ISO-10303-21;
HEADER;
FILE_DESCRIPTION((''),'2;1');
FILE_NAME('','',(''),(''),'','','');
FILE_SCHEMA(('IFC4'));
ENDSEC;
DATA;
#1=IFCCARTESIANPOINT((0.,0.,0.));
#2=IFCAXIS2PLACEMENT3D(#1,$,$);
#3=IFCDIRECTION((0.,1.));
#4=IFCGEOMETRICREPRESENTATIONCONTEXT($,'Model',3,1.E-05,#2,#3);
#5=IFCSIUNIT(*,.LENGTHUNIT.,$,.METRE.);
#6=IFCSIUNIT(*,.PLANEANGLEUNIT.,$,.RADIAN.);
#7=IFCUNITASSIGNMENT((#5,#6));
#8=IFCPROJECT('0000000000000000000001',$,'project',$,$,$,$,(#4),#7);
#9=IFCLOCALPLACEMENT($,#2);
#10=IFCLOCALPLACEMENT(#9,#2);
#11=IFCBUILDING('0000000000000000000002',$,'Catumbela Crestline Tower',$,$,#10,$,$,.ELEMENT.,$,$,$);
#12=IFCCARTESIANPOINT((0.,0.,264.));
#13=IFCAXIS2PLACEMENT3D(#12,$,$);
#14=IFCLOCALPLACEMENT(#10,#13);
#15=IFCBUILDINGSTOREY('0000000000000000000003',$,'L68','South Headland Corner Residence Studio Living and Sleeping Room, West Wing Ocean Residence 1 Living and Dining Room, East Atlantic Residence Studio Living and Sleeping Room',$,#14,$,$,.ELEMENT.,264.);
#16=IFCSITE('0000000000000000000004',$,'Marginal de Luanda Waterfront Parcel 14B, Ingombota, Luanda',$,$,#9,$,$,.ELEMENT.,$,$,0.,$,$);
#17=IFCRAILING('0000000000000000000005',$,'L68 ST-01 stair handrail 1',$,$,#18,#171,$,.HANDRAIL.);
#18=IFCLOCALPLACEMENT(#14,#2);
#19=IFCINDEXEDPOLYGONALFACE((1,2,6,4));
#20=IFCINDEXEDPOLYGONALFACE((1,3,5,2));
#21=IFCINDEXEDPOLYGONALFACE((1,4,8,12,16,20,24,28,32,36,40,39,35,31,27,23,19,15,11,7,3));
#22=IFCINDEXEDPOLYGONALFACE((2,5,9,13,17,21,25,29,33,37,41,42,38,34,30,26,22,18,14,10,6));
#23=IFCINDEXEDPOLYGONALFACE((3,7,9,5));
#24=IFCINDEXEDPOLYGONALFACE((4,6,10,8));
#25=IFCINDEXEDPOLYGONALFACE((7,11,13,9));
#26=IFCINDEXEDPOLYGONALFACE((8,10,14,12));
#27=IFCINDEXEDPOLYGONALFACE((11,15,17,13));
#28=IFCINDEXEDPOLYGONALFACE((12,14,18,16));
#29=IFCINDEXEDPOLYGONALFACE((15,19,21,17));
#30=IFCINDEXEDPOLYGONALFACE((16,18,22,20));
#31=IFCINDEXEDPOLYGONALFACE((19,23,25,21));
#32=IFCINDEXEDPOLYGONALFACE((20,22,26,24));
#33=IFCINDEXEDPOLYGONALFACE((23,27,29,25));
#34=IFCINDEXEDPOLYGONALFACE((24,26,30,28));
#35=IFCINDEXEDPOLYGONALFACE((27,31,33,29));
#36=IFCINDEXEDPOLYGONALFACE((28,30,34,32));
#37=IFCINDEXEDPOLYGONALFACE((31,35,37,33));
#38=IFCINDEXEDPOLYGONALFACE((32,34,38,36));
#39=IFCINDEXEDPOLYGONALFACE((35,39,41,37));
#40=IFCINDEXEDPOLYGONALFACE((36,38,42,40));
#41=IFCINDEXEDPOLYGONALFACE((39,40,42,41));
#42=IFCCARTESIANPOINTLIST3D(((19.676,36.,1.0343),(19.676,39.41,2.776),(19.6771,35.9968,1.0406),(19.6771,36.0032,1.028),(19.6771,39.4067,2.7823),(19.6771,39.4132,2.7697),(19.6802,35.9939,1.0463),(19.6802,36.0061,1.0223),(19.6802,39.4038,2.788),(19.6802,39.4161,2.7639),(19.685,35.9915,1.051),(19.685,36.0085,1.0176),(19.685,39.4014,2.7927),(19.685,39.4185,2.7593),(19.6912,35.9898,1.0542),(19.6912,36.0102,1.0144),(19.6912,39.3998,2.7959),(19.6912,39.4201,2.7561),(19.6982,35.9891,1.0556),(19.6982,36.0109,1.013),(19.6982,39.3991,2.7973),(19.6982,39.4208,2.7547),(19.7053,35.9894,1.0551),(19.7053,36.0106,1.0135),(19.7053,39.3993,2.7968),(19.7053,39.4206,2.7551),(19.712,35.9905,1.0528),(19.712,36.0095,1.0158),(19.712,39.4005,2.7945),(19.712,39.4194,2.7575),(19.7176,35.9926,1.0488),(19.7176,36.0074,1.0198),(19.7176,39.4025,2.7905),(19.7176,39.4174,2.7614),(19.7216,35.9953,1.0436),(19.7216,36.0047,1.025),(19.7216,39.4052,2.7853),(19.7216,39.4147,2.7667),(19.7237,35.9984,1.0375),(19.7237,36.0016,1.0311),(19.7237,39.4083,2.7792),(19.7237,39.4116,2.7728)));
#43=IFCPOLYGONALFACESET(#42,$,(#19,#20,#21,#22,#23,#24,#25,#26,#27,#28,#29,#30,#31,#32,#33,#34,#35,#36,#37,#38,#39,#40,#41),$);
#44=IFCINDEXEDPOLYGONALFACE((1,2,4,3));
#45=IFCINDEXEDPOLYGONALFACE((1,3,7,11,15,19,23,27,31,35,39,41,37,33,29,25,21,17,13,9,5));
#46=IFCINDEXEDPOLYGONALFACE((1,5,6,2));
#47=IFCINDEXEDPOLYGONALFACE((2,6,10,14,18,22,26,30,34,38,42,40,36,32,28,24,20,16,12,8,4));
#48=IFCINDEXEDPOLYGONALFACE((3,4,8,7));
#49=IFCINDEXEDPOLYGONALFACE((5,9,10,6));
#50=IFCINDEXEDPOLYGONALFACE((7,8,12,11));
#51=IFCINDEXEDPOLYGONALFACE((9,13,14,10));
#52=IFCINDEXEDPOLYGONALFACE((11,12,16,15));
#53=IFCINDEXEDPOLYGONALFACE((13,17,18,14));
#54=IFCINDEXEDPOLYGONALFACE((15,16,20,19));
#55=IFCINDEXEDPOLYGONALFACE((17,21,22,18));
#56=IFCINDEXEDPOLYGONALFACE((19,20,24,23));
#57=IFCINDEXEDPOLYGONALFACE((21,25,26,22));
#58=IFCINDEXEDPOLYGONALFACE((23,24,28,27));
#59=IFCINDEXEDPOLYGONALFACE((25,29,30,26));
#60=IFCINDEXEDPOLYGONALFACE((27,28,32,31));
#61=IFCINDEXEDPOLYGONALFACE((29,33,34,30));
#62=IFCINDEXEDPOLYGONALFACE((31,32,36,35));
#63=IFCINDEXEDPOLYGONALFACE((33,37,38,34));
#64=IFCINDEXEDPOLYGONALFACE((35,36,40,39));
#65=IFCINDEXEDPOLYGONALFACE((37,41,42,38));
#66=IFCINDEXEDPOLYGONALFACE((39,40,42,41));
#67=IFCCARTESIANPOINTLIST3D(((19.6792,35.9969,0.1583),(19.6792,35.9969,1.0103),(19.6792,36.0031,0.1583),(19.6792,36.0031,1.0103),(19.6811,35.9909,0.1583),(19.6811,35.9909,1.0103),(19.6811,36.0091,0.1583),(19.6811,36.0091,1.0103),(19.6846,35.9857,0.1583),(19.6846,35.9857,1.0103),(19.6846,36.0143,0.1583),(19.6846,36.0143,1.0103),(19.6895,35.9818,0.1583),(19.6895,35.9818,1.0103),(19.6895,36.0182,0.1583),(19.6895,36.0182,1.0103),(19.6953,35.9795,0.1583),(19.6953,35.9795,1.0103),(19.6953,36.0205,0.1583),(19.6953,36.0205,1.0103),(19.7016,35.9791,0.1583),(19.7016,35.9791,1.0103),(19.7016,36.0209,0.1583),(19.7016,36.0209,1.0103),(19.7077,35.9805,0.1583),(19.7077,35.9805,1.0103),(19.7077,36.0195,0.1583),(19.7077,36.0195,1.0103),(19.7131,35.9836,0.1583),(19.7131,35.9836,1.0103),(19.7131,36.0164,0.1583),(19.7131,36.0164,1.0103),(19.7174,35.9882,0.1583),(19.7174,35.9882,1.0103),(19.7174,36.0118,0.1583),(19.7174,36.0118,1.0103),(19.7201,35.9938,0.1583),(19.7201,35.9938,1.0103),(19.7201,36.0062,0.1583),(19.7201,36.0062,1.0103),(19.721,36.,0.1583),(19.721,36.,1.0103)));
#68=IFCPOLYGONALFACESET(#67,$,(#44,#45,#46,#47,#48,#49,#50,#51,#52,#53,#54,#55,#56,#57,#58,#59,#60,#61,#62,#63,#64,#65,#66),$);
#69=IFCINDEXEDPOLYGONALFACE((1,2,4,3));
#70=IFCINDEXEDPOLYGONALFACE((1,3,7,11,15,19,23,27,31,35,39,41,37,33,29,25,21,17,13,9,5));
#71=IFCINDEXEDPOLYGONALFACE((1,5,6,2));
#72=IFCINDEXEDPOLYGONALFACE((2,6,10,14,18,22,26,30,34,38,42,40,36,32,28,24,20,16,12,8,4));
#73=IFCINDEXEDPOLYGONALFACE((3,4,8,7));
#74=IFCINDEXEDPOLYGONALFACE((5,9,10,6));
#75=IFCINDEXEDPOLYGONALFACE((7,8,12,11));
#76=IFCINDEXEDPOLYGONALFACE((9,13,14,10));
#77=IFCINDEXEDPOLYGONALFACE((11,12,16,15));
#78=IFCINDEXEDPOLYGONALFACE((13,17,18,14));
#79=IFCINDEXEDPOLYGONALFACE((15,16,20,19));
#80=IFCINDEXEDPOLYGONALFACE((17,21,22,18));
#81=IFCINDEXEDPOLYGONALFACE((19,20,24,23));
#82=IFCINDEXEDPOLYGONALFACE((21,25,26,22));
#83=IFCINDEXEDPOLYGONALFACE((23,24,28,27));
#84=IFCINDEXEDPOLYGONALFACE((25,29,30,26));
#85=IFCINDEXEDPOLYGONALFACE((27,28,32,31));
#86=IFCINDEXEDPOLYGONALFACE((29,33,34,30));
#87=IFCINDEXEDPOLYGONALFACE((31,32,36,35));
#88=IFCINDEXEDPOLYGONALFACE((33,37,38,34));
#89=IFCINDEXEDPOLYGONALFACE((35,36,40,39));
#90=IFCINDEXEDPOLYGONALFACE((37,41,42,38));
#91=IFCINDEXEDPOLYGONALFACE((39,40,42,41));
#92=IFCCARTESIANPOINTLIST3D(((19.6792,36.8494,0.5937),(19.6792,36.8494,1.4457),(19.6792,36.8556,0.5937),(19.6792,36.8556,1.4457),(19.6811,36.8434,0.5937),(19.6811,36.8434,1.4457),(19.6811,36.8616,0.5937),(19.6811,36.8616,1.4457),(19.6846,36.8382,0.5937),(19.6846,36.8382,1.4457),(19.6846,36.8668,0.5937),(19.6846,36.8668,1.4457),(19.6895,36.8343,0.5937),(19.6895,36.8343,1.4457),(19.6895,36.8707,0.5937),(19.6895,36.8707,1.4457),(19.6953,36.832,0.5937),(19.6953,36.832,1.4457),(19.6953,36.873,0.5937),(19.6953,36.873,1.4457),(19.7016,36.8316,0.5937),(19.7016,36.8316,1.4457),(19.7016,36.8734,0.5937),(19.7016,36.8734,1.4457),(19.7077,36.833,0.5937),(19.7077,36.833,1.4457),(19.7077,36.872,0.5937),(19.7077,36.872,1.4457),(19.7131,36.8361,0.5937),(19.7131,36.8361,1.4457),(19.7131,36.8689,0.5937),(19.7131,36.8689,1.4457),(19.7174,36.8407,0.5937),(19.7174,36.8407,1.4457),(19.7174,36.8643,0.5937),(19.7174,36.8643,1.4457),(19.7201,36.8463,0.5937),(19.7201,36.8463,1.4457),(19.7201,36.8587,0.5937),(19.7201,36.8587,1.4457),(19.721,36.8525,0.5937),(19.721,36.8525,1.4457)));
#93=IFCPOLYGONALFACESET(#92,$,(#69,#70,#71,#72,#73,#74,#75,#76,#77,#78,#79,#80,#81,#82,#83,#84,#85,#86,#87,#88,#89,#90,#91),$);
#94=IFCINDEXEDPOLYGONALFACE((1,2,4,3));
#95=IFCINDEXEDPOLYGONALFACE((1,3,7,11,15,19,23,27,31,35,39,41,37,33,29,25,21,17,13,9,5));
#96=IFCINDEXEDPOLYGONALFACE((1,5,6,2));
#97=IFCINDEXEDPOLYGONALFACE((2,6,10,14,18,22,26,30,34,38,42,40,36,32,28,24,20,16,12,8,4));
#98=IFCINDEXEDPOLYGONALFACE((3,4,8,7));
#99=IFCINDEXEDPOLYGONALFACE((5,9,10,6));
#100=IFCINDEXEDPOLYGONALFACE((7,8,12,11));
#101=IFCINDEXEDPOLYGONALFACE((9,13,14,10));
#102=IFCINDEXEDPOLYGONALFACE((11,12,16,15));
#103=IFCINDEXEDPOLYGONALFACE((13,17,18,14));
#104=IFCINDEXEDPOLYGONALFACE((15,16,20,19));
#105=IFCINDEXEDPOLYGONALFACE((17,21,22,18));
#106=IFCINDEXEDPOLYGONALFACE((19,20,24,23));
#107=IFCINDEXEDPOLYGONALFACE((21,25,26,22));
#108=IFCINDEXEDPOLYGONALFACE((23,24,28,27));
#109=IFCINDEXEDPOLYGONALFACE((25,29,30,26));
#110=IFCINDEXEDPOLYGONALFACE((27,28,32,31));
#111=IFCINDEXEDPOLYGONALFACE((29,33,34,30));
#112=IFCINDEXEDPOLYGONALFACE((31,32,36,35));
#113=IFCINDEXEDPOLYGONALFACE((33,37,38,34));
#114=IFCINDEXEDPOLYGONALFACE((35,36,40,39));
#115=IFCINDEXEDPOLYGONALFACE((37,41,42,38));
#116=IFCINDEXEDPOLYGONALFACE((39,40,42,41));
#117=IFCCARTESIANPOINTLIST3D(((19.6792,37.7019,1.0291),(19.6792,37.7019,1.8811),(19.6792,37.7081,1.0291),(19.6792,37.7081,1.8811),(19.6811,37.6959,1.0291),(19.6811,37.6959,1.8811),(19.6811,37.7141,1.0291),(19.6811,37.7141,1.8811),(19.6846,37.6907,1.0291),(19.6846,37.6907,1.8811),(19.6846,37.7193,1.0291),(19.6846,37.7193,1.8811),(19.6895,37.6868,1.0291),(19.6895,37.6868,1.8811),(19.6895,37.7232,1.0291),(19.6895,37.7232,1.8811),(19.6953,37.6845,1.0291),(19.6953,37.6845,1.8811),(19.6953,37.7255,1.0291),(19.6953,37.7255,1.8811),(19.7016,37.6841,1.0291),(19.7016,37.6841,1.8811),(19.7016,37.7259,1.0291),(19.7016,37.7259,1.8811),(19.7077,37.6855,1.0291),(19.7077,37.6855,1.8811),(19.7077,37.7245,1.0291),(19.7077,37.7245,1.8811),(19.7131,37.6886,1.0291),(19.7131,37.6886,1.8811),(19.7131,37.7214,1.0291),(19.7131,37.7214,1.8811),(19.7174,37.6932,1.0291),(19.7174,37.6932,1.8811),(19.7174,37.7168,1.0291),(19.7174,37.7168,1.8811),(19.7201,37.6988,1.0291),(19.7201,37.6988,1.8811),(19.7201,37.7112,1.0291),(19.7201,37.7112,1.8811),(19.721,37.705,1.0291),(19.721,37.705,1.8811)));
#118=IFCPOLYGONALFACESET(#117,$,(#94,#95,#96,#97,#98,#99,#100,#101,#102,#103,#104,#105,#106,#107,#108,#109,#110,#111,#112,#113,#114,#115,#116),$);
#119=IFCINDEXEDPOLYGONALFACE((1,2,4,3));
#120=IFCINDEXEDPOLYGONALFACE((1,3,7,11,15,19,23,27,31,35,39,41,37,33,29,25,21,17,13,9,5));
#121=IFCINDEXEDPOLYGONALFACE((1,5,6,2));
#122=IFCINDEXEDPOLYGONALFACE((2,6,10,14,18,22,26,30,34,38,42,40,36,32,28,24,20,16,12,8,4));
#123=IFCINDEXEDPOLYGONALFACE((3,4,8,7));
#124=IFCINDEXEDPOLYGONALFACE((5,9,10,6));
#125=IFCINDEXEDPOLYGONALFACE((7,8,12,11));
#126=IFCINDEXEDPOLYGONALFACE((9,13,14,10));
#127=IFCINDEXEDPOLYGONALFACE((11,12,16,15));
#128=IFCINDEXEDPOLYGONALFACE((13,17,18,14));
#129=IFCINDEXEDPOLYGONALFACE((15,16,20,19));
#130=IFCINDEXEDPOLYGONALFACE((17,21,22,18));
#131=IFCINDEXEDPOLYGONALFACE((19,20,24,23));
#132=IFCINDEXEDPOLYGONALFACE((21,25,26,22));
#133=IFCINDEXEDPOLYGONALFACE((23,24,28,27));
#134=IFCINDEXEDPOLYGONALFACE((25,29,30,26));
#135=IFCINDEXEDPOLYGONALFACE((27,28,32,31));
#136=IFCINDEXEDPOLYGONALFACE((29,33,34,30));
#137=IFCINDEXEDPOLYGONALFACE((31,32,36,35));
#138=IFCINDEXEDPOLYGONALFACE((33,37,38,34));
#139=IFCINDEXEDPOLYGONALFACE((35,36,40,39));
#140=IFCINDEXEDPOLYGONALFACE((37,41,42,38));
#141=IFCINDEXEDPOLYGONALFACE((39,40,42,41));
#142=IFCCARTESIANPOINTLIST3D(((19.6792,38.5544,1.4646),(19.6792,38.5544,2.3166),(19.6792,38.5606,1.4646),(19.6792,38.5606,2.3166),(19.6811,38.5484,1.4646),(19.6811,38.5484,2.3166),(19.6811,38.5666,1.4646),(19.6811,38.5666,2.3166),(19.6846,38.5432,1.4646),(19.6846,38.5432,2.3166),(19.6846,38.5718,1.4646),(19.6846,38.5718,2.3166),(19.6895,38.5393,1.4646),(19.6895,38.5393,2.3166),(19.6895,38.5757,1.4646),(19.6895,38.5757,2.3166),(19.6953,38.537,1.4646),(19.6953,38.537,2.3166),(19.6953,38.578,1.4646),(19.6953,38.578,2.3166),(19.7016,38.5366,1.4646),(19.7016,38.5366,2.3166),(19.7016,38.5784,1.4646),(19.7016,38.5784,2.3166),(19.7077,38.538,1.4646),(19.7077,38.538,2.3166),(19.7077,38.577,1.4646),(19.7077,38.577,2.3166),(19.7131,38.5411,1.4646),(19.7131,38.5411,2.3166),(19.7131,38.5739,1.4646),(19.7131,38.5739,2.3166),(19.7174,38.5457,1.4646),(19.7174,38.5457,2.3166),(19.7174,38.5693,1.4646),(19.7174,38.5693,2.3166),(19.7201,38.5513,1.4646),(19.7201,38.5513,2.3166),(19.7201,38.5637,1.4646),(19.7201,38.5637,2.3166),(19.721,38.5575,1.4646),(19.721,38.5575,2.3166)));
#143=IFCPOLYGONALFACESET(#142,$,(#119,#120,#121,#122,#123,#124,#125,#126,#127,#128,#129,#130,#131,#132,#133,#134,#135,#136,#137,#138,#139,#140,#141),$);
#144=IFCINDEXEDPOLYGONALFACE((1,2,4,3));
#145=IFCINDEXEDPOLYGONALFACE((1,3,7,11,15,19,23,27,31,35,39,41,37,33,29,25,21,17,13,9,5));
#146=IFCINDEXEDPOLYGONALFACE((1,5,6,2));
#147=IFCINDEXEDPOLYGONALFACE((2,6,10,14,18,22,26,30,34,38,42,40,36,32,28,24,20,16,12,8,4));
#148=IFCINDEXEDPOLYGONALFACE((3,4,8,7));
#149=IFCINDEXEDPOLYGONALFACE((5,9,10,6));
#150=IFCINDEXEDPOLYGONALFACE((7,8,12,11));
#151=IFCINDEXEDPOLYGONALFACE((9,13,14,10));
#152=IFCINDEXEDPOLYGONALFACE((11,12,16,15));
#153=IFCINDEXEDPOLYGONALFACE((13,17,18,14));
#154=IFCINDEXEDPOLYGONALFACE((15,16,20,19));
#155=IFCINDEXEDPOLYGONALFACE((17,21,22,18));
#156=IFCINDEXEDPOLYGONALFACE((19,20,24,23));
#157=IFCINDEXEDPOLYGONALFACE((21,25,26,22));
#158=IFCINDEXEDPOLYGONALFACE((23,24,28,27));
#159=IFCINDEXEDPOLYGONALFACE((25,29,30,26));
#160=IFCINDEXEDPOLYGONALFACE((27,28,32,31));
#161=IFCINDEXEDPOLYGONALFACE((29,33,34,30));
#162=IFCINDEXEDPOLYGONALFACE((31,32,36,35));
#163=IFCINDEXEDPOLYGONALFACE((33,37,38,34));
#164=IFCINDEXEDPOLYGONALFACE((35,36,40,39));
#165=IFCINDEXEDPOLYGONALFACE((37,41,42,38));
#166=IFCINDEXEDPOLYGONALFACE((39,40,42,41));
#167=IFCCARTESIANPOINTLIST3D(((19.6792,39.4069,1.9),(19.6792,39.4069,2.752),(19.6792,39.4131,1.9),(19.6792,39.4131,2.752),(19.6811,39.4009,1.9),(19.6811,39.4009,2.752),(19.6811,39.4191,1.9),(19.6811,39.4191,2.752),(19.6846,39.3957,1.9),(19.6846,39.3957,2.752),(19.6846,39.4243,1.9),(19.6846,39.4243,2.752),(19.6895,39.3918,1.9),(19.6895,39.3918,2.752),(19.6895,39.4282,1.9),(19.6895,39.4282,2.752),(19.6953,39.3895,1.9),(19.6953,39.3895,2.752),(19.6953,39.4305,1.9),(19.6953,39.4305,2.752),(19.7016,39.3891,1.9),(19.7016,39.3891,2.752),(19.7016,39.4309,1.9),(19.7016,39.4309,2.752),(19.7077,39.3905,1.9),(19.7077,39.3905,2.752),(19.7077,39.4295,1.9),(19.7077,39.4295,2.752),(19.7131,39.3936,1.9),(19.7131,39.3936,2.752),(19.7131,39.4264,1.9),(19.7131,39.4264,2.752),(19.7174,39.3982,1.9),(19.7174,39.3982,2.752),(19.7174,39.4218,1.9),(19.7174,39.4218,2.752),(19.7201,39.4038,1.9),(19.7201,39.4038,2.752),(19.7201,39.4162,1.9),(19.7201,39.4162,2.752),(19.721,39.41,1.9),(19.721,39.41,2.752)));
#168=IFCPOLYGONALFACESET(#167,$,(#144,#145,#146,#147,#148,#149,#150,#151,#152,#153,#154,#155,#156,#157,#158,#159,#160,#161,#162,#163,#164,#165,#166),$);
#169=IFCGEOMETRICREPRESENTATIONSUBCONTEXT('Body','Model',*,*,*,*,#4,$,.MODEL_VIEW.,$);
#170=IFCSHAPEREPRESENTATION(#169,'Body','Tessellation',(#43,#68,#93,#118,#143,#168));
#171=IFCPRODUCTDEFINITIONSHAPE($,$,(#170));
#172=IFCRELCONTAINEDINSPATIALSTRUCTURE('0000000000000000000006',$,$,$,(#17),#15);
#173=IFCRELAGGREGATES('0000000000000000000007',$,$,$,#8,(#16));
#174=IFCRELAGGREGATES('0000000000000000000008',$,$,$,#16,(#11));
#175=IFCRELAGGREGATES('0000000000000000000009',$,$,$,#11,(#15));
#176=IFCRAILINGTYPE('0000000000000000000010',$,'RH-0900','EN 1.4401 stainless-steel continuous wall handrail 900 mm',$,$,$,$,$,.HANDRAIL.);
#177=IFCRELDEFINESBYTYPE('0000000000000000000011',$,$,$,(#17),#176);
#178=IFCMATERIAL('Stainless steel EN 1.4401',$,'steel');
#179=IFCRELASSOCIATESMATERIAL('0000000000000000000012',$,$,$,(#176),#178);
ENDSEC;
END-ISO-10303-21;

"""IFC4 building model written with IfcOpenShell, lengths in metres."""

from ifc_helpers import new_model, si_unit, direction, frame, origin, origin_2d, place, context, subcontext, project, spatial, circle, extrude, material, type_object, element, save


model = new_model("IFC4")

# Units and contexts
model_context = context("Model", 3, precision=1e-05, world=origin(), true_north=direction((0.0, 1.0)))
body_context = subcontext(model_context, "Body", "Model", "MODEL_VIEW")
ifc_project = project(units=[si_unit("LENGTHUNIT", "METRE"), si_unit("PLANEANGLEUNIT", "RADIAN")], contexts=[model_context])

# Site, building, storey
site_placement = place(None, origin())
site = spatial("IfcSite", under=ifc_project, at=site_placement, Name="Marginal de Luanda Waterfront Parcel 14B, Ingombota, Luanda", CompositionType="ELEMENT", RefElevation=0.0)
building_placement = place(site_placement, origin())
building = spatial("IfcBuilding", under=site, at=building_placement, Name="Catumbela Crestline Tower", CompositionType="ELEMENT")
storey_placement = place(building_placement, frame((0.0, 0.0, 264.0)))
storey = spatial("IfcBuildingStorey", under=building, at=storey_placement, Name="L68", Description="South Headland Corner Residence Studio Living and Sleeping Room, West Wing Ocean Residence 1 Living and Dining Room, East Atlantic Residence Studio Living and Sleeping Room", CompositionType="ELEMENT", Elevation=264.0)

# Shared definitions
ifc_material_1 = material(Name="Stainless steel EN 1.4401", Category="steel")

# Railing
railing_type_1 = type_object("IfcRailingType", Name="RH-0900", Description="EN 1.4401 stainless-steel continuous wall handrail 900 mm", PredefinedType="HANDRAIL", material=ifc_material_1)
railing_1_placement = place(storey_placement, frame((19.7, 36.0, 0.1583)))
element("IfcRailing", 1, at=railing_1_placement, inside=storey, type_object=railing_type_1, Name="L68 ST-01 stair handrail 1", PredefinedType="HANDRAIL", context=body_context, shape_type="SweptSolid", body=[
    extrude(circle(Radius=0.024, at=origin_2d()), frame((0.0, 0.0, 0.876), z_axis=(0.0, 0.89056, 0.454865), x_axis=(-1.0, 0.0, 0.0)), (0.0, 0.0, 1.0), 3.829),
    extrude(circle(Radius=0.021, at=origin_2d()), origin(), (0.0, 0.0, 1.0), 0.852),
    extrude(circle(Radius=0.021, at=origin_2d()), frame((0.0, 0.8525, 0.4354)), (0.0, 0.0, 1.0), 0.852),
    extrude(circle(Radius=0.021, at=origin_2d()), frame((0.0, 1.705, 0.8708)), (0.0, 0.0, 1.0), 0.852),
    extrude(circle(Radius=0.021, at=origin_2d()), frame((0.0, 2.5575, 1.3063)), (0.0, 0.0, 1.0), 0.852),
    extrude(circle(Radius=0.021, at=origin_2d()), frame((0.0, 3.41, 1.7417)), (0.0, 0.0, 1.0), 0.852),
])

save(model, "model.ifc")
